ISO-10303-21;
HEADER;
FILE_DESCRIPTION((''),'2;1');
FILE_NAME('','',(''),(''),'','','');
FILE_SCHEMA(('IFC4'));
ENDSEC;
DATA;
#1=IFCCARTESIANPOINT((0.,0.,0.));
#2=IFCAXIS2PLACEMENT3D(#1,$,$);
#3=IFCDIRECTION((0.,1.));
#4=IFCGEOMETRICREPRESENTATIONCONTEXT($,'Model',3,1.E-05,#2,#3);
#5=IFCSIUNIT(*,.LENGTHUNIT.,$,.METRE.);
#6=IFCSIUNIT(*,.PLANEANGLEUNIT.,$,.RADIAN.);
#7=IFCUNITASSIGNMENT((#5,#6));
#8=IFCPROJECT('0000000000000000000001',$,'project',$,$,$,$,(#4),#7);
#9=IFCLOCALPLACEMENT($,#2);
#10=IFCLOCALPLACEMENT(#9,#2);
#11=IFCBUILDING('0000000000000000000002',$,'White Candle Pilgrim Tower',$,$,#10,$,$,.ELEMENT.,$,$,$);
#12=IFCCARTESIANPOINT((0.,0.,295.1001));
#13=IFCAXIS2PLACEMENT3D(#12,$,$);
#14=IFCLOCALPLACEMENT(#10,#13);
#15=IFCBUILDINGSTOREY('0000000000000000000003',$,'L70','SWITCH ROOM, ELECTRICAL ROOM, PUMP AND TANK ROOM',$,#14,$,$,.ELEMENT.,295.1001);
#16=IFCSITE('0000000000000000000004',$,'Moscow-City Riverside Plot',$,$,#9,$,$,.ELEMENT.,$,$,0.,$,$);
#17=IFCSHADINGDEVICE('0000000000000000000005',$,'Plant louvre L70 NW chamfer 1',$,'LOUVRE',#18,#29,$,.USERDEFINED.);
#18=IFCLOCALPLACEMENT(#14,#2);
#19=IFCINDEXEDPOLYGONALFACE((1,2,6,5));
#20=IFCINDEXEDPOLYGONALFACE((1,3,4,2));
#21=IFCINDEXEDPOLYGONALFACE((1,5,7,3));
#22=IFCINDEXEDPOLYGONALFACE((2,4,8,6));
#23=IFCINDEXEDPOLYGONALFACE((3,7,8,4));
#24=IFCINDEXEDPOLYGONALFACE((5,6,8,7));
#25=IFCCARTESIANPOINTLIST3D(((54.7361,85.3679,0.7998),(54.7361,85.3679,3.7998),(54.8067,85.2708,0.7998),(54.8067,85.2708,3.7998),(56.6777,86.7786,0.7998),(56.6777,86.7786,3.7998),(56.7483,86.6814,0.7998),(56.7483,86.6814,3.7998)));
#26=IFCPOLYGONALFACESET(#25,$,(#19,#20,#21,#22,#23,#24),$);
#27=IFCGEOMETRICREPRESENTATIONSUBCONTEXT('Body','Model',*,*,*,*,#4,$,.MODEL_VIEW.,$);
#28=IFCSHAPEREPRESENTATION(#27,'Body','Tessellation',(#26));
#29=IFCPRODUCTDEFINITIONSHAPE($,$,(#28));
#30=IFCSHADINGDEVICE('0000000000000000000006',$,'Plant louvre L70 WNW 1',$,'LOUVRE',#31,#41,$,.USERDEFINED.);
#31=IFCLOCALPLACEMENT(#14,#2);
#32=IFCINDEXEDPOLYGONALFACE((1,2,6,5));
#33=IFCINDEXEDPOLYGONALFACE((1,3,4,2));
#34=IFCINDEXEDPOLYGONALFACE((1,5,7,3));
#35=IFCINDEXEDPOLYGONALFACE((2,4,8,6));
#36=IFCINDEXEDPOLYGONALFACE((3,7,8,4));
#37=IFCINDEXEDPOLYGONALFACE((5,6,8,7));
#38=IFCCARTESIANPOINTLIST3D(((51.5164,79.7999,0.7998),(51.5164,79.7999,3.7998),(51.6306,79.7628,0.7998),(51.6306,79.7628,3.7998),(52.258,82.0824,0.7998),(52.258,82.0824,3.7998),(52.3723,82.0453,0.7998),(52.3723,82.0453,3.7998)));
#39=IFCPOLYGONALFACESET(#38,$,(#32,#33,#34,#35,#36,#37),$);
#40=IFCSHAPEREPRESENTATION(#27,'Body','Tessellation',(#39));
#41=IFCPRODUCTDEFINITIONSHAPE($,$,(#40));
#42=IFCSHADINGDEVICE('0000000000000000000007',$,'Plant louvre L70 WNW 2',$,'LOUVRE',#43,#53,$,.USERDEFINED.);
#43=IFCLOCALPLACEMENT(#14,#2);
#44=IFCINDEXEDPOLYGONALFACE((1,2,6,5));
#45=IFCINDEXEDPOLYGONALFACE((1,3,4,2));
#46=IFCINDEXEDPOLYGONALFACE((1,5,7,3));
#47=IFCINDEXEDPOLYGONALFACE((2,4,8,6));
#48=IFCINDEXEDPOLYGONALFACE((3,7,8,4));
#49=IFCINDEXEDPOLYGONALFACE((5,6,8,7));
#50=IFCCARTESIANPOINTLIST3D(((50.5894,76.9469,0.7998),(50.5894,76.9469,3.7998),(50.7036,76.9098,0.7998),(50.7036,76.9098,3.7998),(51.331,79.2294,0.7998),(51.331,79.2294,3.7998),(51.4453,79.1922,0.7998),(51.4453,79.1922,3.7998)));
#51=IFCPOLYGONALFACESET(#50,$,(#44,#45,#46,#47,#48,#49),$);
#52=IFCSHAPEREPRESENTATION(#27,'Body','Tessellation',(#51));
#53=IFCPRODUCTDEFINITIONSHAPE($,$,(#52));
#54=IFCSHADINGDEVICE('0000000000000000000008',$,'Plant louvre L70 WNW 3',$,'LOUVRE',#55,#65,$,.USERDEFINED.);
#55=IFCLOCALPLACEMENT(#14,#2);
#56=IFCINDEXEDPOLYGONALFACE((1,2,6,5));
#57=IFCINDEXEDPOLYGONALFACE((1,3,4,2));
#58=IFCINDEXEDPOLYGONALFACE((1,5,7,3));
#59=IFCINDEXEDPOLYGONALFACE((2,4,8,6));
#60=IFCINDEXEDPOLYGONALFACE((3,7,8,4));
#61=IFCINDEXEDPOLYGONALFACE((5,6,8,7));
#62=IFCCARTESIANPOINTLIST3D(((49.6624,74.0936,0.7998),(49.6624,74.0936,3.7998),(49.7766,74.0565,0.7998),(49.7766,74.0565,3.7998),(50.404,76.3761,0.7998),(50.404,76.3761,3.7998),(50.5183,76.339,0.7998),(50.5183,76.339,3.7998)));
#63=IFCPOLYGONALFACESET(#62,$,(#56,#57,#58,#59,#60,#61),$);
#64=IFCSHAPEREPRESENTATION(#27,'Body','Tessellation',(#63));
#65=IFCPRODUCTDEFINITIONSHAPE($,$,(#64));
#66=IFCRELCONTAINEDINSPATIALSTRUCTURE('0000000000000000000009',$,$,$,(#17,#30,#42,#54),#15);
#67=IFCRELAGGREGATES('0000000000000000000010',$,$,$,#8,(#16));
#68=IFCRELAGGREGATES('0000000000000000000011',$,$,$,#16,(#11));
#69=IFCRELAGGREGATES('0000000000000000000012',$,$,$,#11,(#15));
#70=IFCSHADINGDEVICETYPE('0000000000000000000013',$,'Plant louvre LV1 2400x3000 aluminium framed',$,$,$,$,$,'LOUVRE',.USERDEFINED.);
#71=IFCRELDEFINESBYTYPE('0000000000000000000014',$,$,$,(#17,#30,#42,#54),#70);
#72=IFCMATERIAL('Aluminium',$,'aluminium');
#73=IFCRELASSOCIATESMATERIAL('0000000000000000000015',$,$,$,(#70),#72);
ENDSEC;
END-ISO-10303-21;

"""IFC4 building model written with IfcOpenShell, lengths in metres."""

from ifc_helpers import new_model, si_unit, direction, frame, origin, origin_2d, place, context, subcontext, project, spatial, rectangle, extrude, material, type_object, element, save


model = new_model("IFC4")

# Units and contexts
model_context = context("Model", 3, precision=1e-05, world=origin(), true_north=direction((0.0, 1.0)))
body_context = subcontext(model_context, "Body", "Model", "MODEL_VIEW")
ifc_project = project(units=[si_unit("LENGTHUNIT", "METRE"), si_unit("PLANEANGLEUNIT", "RADIAN")], contexts=[model_context])

# Site, building, storey
site_placement = place(None, origin())
site = spatial("IfcSite", under=ifc_project, at=site_placement, Name="Moscow-City Riverside Plot", CompositionType="ELEMENT", RefElevation=0.0)
building_placement = place(site_placement, origin())
building = spatial("IfcBuilding", under=site, at=building_placement, Name="White Candle Pilgrim Tower", CompositionType="ELEMENT")
storey_placement = place(building_placement, frame((0.0, 0.0, 295.1001)))
storey = spatial("IfcBuildingStorey", under=building, at=storey_placement, Name="L70", Description="SWITCH ROOM, ELECTRICAL ROOM, PUMP AND TANK ROOM", CompositionType="ELEMENT", Elevation=295.1001)

# Shading devices
ifc_material_1 = material(Name="Aluminium", Category="aluminium")
shading_device_type = type_object("IfcShadingDeviceType", Name="Plant louvre LV1 2400x3000 aluminium framed", ElementType="LOUVRE", PredefinedType="USERDEFINED", material=ifc_material_1)
for number, where, z_axis, x_axis, name in (
    (1, (55.7422, 86.0247, 0.7998), (0.0, 0.0, 1.0), (-0.809017, -0.587785, 0.0), "Plant louvre L70 NW chamfer 1"),
    (2, (51.9443, 80.9226, 0.7998), (0.0, 0.0, 1.0), (-0.309017, -0.951057, 0.0), "Plant louvre L70 WNW 1"),
    (3, (51.0173, 78.0696, 0.7998), (0.0, 0.0, 1.0), (-0.309017, -0.951057, 0.0), "Plant louvre L70 WNW 2"),
    (4, (50.0903, 75.2163, 0.7998), (0.0, 0.0, 1.0), (-0.309017, -0.951057, 0.0), "Plant louvre L70 WNW 3"),
):
    element("IfcShadingDevice", number, at=place(storey_placement, frame(where, z_axis=z_axis, x_axis=x_axis)), inside=storey, type_object=shading_device_type, Name=name, ObjectType="LOUVRE", PredefinedType="USERDEFINED", context=body_context, shape_type="SweptSolid", body=[
        extrude(rectangle(XDim=2.3999, YDim=0.1201, at=origin_2d()), origin(), (0.0, 0.0, 1.0), 3.0),
    ])

save(model, "model.ifc")
